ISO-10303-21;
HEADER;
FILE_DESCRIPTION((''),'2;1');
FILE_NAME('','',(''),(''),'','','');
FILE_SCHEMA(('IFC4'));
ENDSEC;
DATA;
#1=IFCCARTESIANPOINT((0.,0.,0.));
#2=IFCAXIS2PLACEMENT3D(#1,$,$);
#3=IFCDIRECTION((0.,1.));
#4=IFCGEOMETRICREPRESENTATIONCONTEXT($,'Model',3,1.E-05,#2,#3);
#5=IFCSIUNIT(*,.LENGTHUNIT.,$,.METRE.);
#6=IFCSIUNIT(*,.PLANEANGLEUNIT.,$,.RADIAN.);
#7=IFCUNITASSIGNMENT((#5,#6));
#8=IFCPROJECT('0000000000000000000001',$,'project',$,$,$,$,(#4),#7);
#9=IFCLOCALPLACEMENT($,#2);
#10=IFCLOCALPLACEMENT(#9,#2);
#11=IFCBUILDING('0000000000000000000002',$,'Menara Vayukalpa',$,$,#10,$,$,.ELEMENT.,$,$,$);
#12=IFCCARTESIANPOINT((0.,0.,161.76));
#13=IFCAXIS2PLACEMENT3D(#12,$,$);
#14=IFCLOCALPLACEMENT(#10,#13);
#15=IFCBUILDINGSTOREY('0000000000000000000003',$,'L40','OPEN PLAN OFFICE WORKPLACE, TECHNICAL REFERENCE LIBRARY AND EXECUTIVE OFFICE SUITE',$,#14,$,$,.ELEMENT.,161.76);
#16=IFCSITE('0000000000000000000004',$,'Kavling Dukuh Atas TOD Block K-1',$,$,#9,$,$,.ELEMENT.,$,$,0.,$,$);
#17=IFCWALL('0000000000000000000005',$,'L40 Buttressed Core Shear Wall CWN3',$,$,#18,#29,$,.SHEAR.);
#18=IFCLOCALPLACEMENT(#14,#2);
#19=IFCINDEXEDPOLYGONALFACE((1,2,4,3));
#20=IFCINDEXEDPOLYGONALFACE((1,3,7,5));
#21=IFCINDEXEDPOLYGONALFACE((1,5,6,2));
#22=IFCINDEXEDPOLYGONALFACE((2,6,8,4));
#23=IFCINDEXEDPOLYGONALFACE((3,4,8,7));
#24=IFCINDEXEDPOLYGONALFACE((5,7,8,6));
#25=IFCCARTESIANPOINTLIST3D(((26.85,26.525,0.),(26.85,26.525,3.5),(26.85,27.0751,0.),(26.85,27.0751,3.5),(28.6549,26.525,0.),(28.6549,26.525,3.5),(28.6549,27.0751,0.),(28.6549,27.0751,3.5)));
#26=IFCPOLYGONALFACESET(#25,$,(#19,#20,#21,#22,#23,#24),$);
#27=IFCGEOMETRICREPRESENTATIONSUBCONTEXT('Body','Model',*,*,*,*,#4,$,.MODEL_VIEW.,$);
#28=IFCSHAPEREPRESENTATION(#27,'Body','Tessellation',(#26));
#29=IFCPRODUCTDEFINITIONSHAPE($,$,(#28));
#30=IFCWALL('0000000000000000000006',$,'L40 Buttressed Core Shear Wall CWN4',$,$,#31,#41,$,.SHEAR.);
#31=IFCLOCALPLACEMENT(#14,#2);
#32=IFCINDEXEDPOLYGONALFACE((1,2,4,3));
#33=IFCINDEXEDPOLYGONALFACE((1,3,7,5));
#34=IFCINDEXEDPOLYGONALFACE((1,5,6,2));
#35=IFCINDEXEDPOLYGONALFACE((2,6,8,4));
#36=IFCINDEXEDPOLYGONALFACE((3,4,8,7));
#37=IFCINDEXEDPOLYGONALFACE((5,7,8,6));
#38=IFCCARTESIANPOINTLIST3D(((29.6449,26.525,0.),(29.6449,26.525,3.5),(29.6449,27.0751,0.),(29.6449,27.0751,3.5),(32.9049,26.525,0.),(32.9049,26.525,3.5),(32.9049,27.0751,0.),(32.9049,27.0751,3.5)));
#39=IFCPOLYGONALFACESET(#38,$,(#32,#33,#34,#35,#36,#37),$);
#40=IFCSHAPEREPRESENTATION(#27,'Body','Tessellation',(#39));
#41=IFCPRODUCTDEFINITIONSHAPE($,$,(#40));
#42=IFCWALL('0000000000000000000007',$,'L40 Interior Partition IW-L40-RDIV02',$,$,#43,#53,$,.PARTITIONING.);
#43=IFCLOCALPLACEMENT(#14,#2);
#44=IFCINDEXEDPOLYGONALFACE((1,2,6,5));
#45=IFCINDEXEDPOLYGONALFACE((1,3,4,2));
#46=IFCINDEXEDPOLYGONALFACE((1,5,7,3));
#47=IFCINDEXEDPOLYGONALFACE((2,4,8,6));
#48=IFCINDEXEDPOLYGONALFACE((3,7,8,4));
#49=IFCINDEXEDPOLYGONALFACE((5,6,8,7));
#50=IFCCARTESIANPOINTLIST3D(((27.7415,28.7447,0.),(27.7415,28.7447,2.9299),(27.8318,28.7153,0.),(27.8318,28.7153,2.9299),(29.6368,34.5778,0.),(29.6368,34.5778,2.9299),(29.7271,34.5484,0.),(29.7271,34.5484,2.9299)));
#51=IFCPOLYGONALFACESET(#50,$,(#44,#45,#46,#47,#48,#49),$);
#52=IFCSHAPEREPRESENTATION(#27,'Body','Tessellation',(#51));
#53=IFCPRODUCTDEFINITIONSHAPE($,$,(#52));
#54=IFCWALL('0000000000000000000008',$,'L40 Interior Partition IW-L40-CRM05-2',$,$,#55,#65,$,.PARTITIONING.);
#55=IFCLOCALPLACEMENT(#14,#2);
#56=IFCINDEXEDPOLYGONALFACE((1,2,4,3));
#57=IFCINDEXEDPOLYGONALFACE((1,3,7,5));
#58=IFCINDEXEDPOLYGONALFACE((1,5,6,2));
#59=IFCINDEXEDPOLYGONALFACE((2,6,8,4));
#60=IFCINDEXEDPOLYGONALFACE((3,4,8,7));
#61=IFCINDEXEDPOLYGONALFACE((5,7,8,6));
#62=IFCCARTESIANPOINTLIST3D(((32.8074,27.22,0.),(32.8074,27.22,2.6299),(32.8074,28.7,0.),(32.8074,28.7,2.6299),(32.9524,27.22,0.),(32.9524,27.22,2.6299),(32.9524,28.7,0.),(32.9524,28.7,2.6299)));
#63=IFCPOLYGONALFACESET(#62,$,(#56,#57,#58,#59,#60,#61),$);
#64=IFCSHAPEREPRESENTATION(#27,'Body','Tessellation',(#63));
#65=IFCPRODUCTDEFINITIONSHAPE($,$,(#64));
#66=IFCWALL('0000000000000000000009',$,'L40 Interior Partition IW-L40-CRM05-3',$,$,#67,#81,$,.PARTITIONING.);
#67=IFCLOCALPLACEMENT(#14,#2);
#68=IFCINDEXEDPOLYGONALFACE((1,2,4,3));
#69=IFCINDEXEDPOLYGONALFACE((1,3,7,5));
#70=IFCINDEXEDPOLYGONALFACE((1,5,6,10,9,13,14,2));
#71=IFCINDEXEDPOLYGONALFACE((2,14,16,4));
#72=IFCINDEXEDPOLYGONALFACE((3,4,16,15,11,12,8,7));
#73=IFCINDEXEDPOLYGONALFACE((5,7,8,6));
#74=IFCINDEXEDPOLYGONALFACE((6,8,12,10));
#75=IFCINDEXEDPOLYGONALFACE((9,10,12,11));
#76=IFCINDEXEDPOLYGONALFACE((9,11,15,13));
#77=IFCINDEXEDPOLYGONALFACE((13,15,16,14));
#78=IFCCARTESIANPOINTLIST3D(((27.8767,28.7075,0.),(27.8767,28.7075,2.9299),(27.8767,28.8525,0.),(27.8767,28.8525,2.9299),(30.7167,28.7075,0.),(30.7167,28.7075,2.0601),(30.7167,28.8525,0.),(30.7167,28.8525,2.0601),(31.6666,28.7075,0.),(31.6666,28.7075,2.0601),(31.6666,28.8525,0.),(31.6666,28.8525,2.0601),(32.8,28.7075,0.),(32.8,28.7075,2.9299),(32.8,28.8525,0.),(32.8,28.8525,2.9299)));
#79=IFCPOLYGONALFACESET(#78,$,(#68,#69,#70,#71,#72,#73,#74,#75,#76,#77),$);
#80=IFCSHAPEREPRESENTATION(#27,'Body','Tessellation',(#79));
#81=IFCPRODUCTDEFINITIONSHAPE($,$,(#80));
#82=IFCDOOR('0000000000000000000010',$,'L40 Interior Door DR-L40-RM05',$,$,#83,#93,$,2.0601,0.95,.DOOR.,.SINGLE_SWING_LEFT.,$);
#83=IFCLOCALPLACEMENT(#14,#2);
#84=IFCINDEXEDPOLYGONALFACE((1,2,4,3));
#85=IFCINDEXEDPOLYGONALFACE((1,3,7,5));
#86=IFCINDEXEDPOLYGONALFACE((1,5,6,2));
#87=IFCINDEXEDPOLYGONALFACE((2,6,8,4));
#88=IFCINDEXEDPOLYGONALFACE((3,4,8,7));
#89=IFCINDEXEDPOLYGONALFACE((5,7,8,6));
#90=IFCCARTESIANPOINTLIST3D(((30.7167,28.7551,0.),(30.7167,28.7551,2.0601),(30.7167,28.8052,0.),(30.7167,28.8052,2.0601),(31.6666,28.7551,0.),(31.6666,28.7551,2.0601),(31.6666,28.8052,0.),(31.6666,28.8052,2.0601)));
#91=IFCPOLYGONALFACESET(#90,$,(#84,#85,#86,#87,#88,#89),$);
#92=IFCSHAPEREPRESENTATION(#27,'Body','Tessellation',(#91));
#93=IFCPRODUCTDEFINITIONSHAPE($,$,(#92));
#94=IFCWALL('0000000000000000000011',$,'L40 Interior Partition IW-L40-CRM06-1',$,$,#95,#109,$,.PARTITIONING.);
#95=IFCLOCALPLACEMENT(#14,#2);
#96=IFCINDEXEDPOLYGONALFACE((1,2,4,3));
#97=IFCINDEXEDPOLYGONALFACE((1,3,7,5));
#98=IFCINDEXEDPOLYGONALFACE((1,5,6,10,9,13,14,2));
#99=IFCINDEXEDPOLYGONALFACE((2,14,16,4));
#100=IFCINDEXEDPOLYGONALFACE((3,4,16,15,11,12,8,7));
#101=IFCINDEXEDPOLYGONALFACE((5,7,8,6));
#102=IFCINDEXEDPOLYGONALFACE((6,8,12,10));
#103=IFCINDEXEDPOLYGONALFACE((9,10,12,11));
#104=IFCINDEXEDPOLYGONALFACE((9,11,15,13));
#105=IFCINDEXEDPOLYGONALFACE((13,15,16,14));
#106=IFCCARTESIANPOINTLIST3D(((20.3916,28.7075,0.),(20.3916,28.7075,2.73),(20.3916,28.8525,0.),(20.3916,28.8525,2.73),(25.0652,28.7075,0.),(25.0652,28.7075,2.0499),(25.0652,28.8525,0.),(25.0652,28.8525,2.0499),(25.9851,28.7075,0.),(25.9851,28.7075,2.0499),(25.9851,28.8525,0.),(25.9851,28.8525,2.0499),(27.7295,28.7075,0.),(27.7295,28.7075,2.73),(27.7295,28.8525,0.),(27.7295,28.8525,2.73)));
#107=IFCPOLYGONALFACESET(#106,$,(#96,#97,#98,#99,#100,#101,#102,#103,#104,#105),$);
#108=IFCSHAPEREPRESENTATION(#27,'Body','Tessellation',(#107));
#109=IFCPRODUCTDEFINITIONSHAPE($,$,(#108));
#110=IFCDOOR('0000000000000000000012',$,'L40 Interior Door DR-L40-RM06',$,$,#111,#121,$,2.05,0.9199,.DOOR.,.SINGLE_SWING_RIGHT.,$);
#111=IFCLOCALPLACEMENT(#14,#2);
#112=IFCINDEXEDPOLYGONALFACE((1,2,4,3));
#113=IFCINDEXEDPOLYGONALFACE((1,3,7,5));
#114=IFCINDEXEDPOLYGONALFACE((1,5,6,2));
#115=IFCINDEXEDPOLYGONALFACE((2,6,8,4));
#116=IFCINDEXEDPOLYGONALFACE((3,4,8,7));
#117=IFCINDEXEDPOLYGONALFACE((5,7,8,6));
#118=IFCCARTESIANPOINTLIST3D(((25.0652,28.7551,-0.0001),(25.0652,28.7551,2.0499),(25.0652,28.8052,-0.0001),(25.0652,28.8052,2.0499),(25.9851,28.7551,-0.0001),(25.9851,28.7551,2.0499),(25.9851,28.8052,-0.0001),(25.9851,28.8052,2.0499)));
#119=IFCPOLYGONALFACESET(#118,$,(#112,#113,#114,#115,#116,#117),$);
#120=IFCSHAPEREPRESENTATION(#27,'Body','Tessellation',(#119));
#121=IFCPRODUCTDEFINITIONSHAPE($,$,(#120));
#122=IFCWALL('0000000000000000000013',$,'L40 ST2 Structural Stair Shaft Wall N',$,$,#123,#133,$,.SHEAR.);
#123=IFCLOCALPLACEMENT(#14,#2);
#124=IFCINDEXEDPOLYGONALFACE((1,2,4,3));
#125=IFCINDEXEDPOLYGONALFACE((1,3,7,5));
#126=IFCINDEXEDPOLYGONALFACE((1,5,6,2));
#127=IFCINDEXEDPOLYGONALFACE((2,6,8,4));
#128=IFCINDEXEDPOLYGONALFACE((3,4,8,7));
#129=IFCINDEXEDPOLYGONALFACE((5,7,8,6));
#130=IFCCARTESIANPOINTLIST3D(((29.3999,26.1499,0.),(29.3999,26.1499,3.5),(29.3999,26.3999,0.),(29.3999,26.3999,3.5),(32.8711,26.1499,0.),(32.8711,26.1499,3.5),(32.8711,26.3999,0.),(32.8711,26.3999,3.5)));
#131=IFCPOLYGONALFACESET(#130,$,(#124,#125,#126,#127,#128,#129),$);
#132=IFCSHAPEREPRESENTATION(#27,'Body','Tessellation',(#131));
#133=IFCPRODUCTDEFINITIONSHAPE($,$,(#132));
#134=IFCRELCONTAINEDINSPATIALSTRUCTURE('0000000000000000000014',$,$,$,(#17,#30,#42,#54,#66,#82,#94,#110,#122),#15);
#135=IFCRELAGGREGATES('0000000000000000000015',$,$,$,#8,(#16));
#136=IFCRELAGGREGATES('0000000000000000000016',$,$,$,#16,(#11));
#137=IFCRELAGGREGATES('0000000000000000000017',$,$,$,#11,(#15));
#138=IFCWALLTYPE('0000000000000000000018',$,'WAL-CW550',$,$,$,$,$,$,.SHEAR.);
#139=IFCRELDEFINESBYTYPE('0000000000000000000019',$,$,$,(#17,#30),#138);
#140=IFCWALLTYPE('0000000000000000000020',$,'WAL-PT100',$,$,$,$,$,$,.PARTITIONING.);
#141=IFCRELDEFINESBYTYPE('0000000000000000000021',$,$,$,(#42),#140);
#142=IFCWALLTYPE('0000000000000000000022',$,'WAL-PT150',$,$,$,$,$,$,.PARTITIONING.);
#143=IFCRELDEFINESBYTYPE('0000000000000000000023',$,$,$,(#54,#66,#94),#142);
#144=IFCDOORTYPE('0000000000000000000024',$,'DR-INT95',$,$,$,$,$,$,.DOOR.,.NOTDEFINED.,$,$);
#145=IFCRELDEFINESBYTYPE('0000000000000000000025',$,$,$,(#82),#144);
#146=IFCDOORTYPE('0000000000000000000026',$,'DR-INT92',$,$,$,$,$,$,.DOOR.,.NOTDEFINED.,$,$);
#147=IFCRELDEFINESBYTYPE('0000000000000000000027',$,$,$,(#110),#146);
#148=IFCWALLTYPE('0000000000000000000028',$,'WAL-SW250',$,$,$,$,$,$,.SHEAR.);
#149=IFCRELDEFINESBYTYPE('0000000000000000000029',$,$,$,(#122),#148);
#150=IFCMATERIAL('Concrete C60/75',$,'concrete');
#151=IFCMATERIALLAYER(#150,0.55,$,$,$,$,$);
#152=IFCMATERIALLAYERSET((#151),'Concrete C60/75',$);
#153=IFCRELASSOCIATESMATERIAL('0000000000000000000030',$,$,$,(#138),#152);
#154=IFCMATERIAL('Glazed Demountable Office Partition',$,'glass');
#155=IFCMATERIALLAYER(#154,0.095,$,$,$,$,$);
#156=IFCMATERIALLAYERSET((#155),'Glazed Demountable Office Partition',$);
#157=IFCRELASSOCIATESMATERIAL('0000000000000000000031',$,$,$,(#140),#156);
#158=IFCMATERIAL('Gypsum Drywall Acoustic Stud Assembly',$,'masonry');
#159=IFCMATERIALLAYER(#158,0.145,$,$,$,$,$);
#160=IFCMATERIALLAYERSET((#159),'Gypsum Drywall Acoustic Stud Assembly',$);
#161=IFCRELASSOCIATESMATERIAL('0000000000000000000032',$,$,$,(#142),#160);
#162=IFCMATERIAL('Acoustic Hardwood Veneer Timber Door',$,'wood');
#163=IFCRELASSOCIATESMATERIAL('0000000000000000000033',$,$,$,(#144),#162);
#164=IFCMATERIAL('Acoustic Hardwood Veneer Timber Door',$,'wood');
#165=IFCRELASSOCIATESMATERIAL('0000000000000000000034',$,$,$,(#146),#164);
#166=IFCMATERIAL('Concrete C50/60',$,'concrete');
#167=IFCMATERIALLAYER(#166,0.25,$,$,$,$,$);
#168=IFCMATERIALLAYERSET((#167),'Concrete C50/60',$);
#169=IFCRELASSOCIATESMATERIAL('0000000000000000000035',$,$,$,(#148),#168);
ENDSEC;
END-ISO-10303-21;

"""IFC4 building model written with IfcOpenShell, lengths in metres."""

from ifc_helpers import new_model, si_unit, direction, frame, frame_2d, origin, place, context, subcontext, project, spatial, rectangle, extrude, material, layer, layer_set, type_object, element, fill, save


model = new_model("IFC4")

# Units and contexts
model_context = context("Model", 3, precision=1e-05, world=origin(), true_north=direction((0.0, 1.0)))
body_context = subcontext(model_context, "Body", "Model", "MODEL_VIEW")
ifc_project = project(units=[si_unit("LENGTHUNIT", "METRE"), si_unit("PLANEANGLEUNIT", "RADIAN")], contexts=[model_context])

# Site, building, storey
site_placement = place(None, origin())
site = spatial("IfcSite", under=ifc_project, at=site_placement, Name="Kavling Dukuh Atas TOD Block K-1", CompositionType="ELEMENT", RefElevation=0.0)
building_placement = place(site_placement, origin())
building = spatial("IfcBuilding", under=site, at=building_placement, Name="Menara Vayukalpa", CompositionType="ELEMENT")
storey_placement = place(building_placement, frame((0.0, 0.0, 161.76)))
storey = spatial("IfcBuildingStorey", under=building, at=storey_placement, Name="L40", Description="OPEN PLAN OFFICE WORKPLACE, TECHNICAL REFERENCE LIBRARY AND EXECUTIVE OFFICE SUITE", CompositionType="ELEMENT", Elevation=161.76)

# Walls
ifc_material_1 = material(Name="Concrete C60/75", Category="concrete")
ifc_layer_1 = layer(ifc_material_1, 0.55)
ifc_layer_set_1 = layer_set([ifc_layer_1], Name="Concrete C60/75")
wall_type_1 = type_object("IfcWallType", Name="WAL-CW550", PredefinedType="SHEAR", material=ifc_layer_set_1)
wall_1_placement = place(storey_placement, frame((26.8501, 26.8, 0.0), z_axis=(0.0, 0.0, 1.0), x_axis=(1.0, 0.0, 0.0)))
element("IfcWall", 1, at=wall_1_placement, inside=storey, type_object=wall_type_1, Name="L40 Buttressed Core Shear Wall CWN3", PredefinedType="SHEAR", context=body_context, shape_type="SweptSolid", body=[
    extrude(rectangle(XDim=1.8049, YDim=0.55, at=frame_2d((0.9023, 0.0))), origin(), (0.0, 0.0, 1.0), 3.5),
])
wall_2_placement = place(storey_placement, frame((29.645, 26.8, 0.0), z_axis=(0.0, 0.0, 1.0), x_axis=(1.0, 0.0, 0.0)))
element("IfcWall", 2, at=wall_2_placement, inside=storey, type_object=wall_type_1, Name="L40 Buttressed Core Shear Wall CWN4", PredefinedType="SHEAR", context=body_context, shape_type="SweptSolid", body=[
    extrude(rectangle(XDim=3.26, YDim=0.55, at=frame_2d((1.6299, 0.0))), origin(), (0.0, 0.0, 1.0), 3.5),
])
ifc_material_2 = material(Name="Glazed Demountable Office Partition", Category="glass")
ifc_layer_2 = layer(ifc_material_2, 0.095)
ifc_layer_set_2 = layer_set([ifc_layer_2], Name="Glazed Demountable Office Partition")
wall_type_2 = type_object("IfcWallType", Name="WAL-PT100", PredefinedType="PARTITIONING", material=ifc_layer_set_2)
wall_3_placement = place(storey_placement, frame((27.7866, 28.73, 0.0), z_axis=(0.0, 0.0, 1.0), x_axis=(0.309018, 0.951056, 0.0)))
element("IfcWall", 3, at=wall_3_placement, inside=storey, type_object=wall_type_2, Name="L40 Interior Partition IW-L40-RDIV02", PredefinedType="PARTITIONING", context=body_context, shape_type="SweptSolid", body=[
    extrude(rectangle(XDim=6.1333, YDim=0.095, at=frame_2d((3.0667, 0.0))), origin(), (0.0, 0.0, 1.0), 2.9299),
])
ifc_material_3 = material(Name="Gypsum Drywall Acoustic Stud Assembly", Category="masonry")
ifc_layer_3 = layer(ifc_material_3, 0.145)
ifc_layer_set_3 = layer_set([ifc_layer_3], Name="Gypsum Drywall Acoustic Stud Assembly")
wall_type_3 = type_object("IfcWallType", Name="WAL-PT150", PredefinedType="PARTITIONING", material=ifc_layer_set_3)
wall_4_placement = place(storey_placement, frame((32.8799, 27.22, 0.0), z_axis=(0.0, 0.0, 1.0), x_axis=(0.0, 1.0, 0.0)))
element("IfcWall", 4, at=wall_4_placement, inside=storey, type_object=wall_type_3, Name="L40 Interior Partition IW-L40-CRM05-2", PredefinedType="PARTITIONING", context=body_context, shape_type="SweptSolid", body=[
    extrude(rectangle(XDim=1.48, YDim=0.145, at=frame_2d((0.74, 0.0))), origin(), (0.0, 0.0, 1.0), 2.6299),
])

# Walls, openings, doors
wall_5_placement = place(storey_placement, frame((32.8, 28.78, 0.0), z_axis=(0.0, 0.0, 1.0), x_axis=(-1.0, 0.0, 0.0)))
wall_5 = element("IfcWall", 5, at=wall_5_placement, inside=storey, type_object=wall_type_3, Name="L40 Interior Partition IW-L40-CRM05-3", PredefinedType="PARTITIONING", context=body_context, shape_type="SweptSolid", body=[
    extrude(rectangle(XDim=4.9233, YDim=0.145, at=frame_2d((2.4617, 0.0))), origin(), (0.0, 0.0, 1.0), 2.9299),
])
opening_1_placement = place(wall_5_placement, frame((1.1333, 0.0, 0.0)))
opening_1 = element("IfcOpeningElement", 6, at=opening_1_placement, cuts=wall_5, PredefinedType="OPENING", context=body_context, shape_type="SweptSolid", body=[
    extrude(rectangle(XDim=0.95, YDim=2.0601, at=frame_2d((0.4751, 1.03))), frame((0.0, 0.0825, 0.0), z_axis=(0.0, -1.0, 0.0), x_axis=(1.0, 0.0, 0.0)), (0.0, 0.0, 1.0), 0.165),
])
ifc_material_4 = material(Name="Acoustic Hardwood Veneer Timber Door", Category="wood")
door_type_1 = type_object("IfcDoorType", Name="DR-INT95", OperationType="NOTDEFINED", PredefinedType="DOOR", material=ifc_material_4)
door_1_placement = place(opening_1_placement, origin())
door_1 = element("IfcDoor", 7, at=door_1_placement, inside=storey, type_object=door_type_1, Name="L40 Interior Door DR-L40-RM05", OperationType="SINGLE_SWING_LEFT", OverallHeight=2.0601, OverallWidth=0.95, PredefinedType="DOOR", context=body_context, shape_type="SweptSolid", body=[
    extrude(rectangle(XDim=0.95, YDim=2.0601, at=frame_2d((0.4751, 1.03))), frame((0.0, 0.0249, 0.0), z_axis=(0.0, -1.0, 0.0), x_axis=(1.0, 0.0, 0.0)), (0.0, 0.0, 1.0), 0.05),
])
fill(opening_1, door_1)
wall_6_placement = place(storey_placement, frame((27.7295, 28.78, 0.0), z_axis=(0.0, 0.0, 1.0), x_axis=(-1.0, 0.0, 0.0)))
wall_6 = element("IfcWall", 8, at=wall_6_placement, inside=storey, type_object=wall_type_3, Name="L40 Interior Partition IW-L40-CRM06-1", PredefinedType="PARTITIONING", context=body_context, shape_type="SweptSolid", body=[
    extrude(rectangle(XDim=7.3379, YDim=0.145, at=frame_2d((3.6689, 0.0))), origin(), (0.0, 0.0, 1.0), 2.73),
])
opening_2_placement = place(wall_6_placement, frame((1.7444, 0.0, 0.0)))
opening_2 = element("IfcOpeningElement", 9, at=opening_2_placement, cuts=wall_6, PredefinedType="OPENING", context=body_context, shape_type="SweptSolid", body=[
    extrude(rectangle(XDim=0.9199, YDim=2.05, at=frame_2d((0.46, 1.0249))), frame((0.0, 0.0825, 0.0), z_axis=(0.0, -1.0, 0.0), x_axis=(1.0, 0.0, 0.0)), (0.0, 0.0, 1.0), 0.165),
])
ifc_material_5 = material(Name="Acoustic Hardwood Veneer Timber Door", Category="wood")
door_type_2 = type_object("IfcDoorType", Name="DR-INT92", OperationType="NOTDEFINED", PredefinedType="DOOR", material=ifc_material_5)
door_2_placement = place(opening_2_placement, origin())
door_2 = element("IfcDoor", 10, at=door_2_placement, inside=storey, type_object=door_type_2, Name="L40 Interior Door DR-L40-RM06", OperationType="SINGLE_SWING_RIGHT", OverallHeight=2.05, OverallWidth=0.9199, PredefinedType="DOOR", context=body_context, shape_type="SweptSolid", body=[
    extrude(rectangle(XDim=0.9199, YDim=2.05, at=frame_2d((0.46, 1.0249))), frame((0.0, 0.0249, 0.0), z_axis=(0.0, -1.0, 0.0), x_axis=(1.0, 0.0, 0.0)), (0.0, 0.0, 1.0), 0.05),
])
fill(opening_2, door_2)

# Wall
ifc_material_6 = material(Name="Concrete C50/60", Category="concrete")
ifc_layer_4 = layer(ifc_material_6, 0.25)
ifc_layer_set_4 = layer_set([ifc_layer_4], Name="Concrete C50/60")
wall_type_4 = type_object("IfcWallType", Name="WAL-SW250", PredefinedType="SHEAR", material=ifc_layer_set_4)
wall_7_placement = place(storey_placement, frame((29.3999, 26.2749, 0.0), z_axis=(0.0, 0.0, 1.0), x_axis=(1.0, 0.0, 0.0)))
element("IfcWall", 11, at=wall_7_placement, inside=storey, type_object=wall_type_4, Name="L40 ST2 Structural Stair Shaft Wall N", PredefinedType="SHEAR", context=body_context, shape_type="SweptSolid", body=[
    extrude(rectangle(XDim=3.4712, YDim=0.25, at=frame_2d((1.7356, 0.0))), origin(), (0.0, 0.0, 1.0), 3.5),
])

save(model, "model.ifc")
